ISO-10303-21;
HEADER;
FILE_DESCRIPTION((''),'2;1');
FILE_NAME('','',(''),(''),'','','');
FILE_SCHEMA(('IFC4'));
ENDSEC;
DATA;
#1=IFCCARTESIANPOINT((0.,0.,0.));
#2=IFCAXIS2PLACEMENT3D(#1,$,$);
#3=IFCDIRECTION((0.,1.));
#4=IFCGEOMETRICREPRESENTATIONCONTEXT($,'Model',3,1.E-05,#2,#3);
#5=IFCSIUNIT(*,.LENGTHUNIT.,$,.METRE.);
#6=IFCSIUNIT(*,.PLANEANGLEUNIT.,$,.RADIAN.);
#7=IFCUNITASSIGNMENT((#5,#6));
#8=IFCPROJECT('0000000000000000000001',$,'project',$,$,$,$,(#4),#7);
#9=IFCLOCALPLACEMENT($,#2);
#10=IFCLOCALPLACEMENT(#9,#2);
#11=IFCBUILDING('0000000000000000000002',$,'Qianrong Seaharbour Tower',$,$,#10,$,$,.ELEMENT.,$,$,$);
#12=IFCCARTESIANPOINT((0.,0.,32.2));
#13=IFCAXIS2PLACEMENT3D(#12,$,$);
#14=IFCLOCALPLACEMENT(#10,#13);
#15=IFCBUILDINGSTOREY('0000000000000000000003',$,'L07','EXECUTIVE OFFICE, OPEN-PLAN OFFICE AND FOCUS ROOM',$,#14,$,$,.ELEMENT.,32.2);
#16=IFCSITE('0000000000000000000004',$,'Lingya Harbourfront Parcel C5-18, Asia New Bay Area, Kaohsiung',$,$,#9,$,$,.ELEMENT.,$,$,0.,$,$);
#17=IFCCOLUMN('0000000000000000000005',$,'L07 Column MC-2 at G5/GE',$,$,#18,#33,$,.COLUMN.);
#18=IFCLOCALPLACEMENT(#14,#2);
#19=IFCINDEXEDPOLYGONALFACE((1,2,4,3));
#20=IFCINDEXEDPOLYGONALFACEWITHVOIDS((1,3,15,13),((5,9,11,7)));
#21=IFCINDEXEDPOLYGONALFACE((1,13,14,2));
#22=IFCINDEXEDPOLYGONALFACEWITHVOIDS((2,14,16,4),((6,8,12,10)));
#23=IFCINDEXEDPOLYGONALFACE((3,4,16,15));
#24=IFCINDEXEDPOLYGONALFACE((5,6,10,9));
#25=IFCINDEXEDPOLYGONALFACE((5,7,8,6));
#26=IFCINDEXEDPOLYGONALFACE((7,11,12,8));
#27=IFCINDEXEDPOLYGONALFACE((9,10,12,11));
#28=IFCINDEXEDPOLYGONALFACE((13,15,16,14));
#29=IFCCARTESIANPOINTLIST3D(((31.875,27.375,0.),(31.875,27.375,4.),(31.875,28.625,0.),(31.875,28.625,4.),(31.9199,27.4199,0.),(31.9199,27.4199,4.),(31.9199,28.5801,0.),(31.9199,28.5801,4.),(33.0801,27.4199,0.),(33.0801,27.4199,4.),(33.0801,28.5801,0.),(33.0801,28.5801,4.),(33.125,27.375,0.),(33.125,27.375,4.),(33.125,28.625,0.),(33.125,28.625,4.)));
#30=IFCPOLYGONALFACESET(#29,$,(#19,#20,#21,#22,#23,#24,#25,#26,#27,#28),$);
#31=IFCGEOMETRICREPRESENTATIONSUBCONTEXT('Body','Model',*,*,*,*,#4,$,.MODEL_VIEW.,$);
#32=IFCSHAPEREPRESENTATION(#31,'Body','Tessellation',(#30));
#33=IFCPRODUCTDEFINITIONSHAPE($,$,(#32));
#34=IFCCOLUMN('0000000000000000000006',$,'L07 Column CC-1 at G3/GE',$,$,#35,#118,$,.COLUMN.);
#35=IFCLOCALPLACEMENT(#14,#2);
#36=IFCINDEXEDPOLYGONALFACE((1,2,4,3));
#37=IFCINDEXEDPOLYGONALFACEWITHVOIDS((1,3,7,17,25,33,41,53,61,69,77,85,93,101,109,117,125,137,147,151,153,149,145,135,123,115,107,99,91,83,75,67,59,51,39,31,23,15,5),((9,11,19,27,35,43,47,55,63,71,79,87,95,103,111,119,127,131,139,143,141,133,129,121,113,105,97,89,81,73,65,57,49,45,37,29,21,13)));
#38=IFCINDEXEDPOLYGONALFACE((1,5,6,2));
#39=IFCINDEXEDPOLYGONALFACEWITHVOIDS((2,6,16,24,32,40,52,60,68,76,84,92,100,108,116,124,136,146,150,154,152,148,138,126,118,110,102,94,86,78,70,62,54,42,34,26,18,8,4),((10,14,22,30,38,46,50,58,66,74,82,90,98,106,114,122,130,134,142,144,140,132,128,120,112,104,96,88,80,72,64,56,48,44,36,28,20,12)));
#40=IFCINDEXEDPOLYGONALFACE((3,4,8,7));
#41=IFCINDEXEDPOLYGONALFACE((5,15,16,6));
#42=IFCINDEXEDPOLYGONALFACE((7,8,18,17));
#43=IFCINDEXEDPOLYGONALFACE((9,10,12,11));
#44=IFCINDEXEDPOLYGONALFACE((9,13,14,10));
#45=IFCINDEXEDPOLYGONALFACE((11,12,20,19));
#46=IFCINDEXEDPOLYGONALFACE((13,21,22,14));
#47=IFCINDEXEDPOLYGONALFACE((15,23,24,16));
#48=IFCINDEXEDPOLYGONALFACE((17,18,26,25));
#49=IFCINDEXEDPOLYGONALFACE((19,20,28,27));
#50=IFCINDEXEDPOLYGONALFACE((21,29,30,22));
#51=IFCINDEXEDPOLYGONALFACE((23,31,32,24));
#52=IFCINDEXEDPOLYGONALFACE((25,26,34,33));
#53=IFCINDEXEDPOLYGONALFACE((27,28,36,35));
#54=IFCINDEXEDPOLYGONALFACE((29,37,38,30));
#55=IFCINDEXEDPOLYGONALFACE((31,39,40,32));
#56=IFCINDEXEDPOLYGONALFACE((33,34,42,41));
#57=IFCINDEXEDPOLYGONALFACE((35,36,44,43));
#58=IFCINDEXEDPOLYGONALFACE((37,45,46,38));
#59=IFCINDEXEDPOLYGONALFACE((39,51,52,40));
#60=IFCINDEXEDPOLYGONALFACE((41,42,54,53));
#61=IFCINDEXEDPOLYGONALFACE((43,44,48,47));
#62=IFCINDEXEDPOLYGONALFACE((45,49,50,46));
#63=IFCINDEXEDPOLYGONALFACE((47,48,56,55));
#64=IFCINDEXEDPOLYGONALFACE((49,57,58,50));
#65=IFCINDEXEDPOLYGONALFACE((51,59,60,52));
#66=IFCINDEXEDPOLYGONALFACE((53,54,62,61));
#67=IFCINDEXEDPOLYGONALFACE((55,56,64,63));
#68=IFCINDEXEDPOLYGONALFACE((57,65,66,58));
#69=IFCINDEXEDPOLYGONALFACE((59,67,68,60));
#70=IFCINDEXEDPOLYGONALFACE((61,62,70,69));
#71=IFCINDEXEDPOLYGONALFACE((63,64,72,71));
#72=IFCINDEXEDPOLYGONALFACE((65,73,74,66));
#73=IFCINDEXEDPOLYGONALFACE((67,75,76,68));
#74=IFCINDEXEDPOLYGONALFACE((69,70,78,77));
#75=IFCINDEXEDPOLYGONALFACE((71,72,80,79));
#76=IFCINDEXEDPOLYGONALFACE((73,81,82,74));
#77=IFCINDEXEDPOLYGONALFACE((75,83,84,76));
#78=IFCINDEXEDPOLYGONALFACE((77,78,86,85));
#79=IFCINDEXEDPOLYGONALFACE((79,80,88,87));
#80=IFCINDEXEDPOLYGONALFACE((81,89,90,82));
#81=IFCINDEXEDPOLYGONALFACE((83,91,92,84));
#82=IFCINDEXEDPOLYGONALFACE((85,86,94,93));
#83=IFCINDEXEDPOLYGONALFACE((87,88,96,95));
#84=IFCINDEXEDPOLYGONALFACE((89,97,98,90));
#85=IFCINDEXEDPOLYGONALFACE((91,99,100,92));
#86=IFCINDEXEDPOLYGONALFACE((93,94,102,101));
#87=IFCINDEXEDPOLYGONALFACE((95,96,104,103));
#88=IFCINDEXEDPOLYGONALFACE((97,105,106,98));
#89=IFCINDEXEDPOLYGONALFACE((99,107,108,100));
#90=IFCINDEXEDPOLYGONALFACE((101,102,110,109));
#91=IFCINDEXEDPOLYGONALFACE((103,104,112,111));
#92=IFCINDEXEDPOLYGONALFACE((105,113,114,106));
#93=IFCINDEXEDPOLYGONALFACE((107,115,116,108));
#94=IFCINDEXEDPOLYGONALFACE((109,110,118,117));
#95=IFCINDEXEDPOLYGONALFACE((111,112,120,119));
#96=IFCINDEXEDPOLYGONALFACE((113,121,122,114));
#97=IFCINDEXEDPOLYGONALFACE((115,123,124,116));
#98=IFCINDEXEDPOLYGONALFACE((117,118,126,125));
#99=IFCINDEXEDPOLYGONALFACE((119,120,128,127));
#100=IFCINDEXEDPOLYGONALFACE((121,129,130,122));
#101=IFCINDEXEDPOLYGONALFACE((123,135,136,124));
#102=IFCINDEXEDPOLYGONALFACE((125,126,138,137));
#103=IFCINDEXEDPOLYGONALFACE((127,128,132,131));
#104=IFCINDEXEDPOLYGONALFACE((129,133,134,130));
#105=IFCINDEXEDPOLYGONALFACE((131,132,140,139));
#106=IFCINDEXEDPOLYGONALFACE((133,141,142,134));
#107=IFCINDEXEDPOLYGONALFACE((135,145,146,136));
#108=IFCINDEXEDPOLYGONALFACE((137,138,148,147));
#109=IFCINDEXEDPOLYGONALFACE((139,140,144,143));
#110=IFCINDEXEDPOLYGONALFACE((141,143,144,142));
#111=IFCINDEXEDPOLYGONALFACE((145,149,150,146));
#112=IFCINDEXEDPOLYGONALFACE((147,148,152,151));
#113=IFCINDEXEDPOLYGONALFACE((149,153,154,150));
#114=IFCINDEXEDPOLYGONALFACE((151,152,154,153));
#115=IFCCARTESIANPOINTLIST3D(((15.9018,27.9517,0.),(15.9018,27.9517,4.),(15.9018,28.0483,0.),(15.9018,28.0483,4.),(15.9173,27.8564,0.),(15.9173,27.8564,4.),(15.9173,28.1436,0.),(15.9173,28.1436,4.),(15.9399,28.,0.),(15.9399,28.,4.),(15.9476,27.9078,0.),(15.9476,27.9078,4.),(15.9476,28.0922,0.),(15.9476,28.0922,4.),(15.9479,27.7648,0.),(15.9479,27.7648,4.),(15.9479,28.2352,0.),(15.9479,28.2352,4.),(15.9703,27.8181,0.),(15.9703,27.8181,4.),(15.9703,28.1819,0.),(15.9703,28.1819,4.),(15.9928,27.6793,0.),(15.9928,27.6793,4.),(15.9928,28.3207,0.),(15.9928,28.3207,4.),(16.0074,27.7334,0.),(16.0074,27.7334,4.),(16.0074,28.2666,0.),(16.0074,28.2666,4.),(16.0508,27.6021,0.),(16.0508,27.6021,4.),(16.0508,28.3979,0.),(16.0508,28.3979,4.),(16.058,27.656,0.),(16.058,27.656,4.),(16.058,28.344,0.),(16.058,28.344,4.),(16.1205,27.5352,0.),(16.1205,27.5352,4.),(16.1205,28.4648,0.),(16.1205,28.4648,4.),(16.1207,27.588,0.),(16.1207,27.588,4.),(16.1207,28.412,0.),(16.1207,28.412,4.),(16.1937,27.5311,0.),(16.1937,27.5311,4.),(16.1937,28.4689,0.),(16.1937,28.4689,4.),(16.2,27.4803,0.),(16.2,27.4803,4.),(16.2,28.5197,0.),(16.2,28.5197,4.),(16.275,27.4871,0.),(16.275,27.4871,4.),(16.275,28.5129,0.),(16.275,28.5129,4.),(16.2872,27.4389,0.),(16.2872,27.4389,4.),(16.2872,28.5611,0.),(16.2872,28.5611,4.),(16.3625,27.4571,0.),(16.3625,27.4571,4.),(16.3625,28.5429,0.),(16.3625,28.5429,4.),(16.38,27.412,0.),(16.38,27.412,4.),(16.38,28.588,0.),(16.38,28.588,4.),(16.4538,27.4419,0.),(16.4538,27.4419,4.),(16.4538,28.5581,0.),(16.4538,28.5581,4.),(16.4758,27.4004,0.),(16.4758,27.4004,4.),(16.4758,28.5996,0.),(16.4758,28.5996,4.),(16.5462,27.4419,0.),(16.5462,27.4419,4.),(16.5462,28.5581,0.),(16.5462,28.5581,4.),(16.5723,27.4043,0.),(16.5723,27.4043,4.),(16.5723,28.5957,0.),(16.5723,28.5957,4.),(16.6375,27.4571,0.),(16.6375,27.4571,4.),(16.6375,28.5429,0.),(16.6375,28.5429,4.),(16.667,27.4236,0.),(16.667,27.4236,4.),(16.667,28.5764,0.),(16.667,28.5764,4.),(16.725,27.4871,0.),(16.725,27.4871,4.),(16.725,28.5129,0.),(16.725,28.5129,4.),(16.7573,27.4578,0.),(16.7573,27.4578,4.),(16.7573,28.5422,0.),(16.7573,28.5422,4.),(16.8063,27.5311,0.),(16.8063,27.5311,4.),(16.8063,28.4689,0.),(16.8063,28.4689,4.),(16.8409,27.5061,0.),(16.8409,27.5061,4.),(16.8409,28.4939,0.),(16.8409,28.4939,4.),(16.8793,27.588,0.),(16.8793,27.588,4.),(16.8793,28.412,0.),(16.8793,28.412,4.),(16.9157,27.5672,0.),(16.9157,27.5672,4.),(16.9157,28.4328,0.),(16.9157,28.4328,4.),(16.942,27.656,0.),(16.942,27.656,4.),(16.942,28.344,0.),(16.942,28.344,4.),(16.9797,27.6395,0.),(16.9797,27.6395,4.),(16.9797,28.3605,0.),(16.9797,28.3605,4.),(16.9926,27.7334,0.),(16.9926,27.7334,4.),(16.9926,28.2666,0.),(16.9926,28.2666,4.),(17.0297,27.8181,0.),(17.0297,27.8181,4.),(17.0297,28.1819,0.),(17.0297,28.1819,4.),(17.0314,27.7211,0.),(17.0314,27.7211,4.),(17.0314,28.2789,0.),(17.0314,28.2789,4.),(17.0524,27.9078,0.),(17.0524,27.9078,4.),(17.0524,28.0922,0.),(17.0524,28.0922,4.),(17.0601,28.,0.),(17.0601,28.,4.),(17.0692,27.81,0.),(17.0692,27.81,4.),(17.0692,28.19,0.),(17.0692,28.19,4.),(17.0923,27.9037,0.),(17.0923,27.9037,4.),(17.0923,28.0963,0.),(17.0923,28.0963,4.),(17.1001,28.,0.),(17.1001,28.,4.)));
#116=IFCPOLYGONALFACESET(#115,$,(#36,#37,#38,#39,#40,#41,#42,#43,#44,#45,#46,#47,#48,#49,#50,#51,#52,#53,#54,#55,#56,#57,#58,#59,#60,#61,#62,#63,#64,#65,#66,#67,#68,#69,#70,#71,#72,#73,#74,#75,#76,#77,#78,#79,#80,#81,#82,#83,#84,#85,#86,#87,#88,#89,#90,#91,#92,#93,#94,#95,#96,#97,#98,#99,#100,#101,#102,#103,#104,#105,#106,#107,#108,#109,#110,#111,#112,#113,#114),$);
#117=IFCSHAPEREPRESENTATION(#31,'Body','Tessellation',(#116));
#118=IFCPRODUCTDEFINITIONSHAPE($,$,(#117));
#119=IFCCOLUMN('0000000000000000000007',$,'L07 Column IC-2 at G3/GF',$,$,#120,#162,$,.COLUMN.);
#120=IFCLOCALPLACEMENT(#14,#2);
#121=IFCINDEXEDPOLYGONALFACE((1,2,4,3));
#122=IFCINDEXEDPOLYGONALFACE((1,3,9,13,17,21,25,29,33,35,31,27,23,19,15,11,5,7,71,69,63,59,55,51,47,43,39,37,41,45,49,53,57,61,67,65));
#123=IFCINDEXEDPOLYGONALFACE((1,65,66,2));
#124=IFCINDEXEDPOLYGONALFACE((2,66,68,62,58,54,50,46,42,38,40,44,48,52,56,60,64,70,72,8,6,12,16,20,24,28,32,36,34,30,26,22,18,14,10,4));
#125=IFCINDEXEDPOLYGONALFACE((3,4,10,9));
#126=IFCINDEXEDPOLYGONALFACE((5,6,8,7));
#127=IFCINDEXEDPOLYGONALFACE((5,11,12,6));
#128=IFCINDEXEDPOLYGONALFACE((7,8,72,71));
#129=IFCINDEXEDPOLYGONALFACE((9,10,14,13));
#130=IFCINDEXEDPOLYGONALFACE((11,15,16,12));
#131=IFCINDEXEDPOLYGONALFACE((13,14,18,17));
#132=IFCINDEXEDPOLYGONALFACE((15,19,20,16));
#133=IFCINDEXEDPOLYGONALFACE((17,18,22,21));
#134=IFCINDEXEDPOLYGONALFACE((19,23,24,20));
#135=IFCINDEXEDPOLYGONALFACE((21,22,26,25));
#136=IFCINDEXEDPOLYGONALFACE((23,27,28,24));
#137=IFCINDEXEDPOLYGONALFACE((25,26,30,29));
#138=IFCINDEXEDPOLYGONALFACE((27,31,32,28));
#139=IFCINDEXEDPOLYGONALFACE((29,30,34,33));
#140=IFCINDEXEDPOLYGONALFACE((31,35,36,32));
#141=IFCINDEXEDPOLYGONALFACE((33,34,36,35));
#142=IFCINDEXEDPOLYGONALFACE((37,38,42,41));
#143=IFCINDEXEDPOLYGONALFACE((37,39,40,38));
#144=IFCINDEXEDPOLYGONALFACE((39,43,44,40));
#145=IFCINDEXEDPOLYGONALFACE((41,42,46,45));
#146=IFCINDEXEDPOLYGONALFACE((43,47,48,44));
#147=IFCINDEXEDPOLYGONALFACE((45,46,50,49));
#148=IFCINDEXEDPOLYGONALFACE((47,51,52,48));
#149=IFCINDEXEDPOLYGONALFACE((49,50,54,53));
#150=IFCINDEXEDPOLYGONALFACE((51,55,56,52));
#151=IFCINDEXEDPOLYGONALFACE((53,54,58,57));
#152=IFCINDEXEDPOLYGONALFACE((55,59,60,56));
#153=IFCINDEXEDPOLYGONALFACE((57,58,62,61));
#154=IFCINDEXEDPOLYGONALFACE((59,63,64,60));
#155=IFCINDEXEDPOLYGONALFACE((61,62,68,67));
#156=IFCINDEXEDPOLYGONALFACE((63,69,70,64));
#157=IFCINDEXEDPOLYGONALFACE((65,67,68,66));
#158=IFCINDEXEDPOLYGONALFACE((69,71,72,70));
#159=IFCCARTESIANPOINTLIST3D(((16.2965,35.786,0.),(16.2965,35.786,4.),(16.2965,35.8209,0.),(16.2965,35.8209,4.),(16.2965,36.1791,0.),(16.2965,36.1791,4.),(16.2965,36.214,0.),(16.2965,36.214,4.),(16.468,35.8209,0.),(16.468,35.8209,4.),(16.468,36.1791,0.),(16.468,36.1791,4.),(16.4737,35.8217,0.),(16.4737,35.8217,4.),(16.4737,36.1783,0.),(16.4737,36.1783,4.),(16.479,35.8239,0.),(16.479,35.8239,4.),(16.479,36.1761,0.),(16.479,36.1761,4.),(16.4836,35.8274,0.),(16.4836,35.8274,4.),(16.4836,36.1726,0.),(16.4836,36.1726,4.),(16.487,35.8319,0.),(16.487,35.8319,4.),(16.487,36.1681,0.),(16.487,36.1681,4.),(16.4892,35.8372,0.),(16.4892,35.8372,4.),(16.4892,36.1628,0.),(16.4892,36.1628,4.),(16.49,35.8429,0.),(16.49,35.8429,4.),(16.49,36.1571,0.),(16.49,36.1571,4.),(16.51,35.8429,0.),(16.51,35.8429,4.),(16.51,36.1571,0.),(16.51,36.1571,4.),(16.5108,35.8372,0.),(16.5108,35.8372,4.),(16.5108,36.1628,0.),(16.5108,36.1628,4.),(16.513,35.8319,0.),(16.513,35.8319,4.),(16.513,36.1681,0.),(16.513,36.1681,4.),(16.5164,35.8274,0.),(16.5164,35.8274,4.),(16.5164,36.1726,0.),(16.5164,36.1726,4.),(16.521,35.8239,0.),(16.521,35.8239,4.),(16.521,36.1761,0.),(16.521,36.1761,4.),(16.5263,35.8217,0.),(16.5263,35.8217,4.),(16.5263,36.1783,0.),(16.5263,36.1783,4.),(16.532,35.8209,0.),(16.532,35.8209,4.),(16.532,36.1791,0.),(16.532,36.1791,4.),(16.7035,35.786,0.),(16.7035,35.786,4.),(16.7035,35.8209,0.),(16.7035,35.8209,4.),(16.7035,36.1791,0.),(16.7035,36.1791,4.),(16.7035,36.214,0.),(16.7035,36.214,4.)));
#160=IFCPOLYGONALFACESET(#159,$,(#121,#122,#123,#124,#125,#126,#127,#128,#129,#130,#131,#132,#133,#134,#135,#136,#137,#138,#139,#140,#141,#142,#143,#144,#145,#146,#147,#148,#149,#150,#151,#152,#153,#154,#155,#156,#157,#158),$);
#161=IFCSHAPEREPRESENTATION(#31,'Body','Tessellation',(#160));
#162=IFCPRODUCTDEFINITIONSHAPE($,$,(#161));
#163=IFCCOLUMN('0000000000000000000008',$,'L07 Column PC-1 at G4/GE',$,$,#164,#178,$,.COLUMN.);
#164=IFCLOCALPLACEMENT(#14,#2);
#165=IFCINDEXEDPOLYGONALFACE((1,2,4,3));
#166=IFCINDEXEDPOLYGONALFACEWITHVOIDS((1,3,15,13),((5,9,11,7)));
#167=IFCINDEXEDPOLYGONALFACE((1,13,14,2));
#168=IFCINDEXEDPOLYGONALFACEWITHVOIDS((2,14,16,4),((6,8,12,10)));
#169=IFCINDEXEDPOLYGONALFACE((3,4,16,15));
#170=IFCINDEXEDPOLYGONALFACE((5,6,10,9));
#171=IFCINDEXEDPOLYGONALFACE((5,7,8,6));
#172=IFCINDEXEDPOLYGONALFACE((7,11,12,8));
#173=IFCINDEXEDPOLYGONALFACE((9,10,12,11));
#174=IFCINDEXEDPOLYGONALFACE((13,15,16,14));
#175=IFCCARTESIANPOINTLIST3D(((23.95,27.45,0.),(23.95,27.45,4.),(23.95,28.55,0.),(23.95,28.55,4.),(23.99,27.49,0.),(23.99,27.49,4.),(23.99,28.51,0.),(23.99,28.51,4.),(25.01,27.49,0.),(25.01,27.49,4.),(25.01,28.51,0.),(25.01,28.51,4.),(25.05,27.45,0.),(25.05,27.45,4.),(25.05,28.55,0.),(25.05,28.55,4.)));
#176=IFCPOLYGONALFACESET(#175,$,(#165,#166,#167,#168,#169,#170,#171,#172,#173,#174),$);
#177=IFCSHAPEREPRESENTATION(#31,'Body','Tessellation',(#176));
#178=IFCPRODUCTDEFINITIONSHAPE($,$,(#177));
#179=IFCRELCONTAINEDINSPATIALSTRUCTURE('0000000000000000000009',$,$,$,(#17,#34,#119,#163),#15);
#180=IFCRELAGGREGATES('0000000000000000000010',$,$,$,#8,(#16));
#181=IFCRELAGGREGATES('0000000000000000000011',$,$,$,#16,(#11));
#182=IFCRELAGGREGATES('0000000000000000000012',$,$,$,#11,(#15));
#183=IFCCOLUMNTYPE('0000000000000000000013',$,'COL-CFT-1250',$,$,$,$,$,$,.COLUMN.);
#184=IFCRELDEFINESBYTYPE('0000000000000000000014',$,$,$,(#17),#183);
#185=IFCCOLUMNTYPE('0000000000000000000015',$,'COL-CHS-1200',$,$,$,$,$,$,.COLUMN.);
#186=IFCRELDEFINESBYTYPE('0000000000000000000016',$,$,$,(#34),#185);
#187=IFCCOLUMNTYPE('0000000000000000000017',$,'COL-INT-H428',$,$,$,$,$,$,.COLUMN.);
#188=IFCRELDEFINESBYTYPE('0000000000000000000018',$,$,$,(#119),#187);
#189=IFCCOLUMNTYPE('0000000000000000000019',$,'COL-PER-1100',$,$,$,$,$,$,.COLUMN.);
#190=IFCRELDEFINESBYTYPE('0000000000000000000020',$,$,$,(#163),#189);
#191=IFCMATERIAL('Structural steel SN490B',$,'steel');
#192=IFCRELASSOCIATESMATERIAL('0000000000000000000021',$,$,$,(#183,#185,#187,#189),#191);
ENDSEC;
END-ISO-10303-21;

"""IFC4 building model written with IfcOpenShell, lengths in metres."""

from ifc_helpers import new_model, si_unit, direction, frame, origin, origin_2d, place, context, subcontext, project, spatial, hollow_rectangle, hollow_circle, i_section, extrude, material, material_profile, profile_set, type_object, element, save


model = new_model("IFC4")

# Units and contexts
model_context = context("Model", 3, precision=1e-05, world=origin(), true_north=direction((0.0, 1.0)))
body_context = subcontext(model_context, "Body", "Model", "MODEL_VIEW")
ifc_project = project(units=[si_unit("LENGTHUNIT", "METRE"), si_unit("PLANEANGLEUNIT", "RADIAN")], contexts=[model_context])

# Site, building, storey
site_placement = place(None, origin())
site = spatial("IfcSite", under=ifc_project, at=site_placement, Name="Lingya Harbourfront Parcel C5-18, Asia New Bay Area, Kaohsiung", CompositionType="ELEMENT", RefElevation=0.0)
building_placement = place(site_placement, origin())
building = spatial("IfcBuilding", under=site, at=building_placement, Name="Qianrong Seaharbour Tower", CompositionType="ELEMENT")
storey_placement = place(building_placement, frame((0.0, 0.0, 32.2)))
storey = spatial("IfcBuildingStorey", under=building, at=storey_placement, Name="L07", Description="EXECUTIVE OFFICE, OPEN-PLAN OFFICE AND FOCUS ROOM", CompositionType="ELEMENT", Elevation=32.2)

# Columns
ifc_material_1 = material(Name="Structural steel SN490B", Category="steel")
ifc_material_profile_1 = material_profile(ifc_material_1, hollow_rectangle(XDim=1.25, YDim=1.25, WallThickness=0.0449, at=origin_2d()), Name="BOX1250x1250x45")
ifc_profile_set_1 = profile_set([ifc_material_profile_1], Name="Structural steel SN490B")
column_type_1 = type_object("IfcColumnType", Name="COL-CFT-1250", PredefinedType="COLUMN", material=ifc_profile_set_1)
column_1_placement = place(storey_placement, frame((32.5, 28.0, 0.0), z_axis=(0.0, 0.0, 1.0), x_axis=(1.0, 0.0, 0.0)))
element("IfcColumn", 1, at=column_1_placement, inside=storey, type_object=column_type_1, Name="L07 Column MC-2 at G5/GE", PredefinedType="COLUMN", context=body_context, shape_type="SweptSolid", body=[
    extrude(hollow_rectangle(XDim=1.25, YDim=1.25, WallThickness=0.0449, at=origin_2d()), origin(), (0.0, 0.0, 1.0), 4.0),
])
ifc_material_profile_2 = material_profile(ifc_material_1, hollow_circle(Radius=0.6001, WallThickness=0.04, at=origin_2d()), Name="CHS1200x40")
ifc_profile_set_2 = profile_set([ifc_material_profile_2], Name="Structural steel SN490B")
column_type_2 = type_object("IfcColumnType", Name="COL-CHS-1200", PredefinedType="COLUMN", material=ifc_profile_set_2)
column_2_placement = place(storey_placement, frame((16.5, 28.0, 0.0), z_axis=(0.0, 0.0, 1.0), x_axis=(1.0, 0.0, 0.0)))
element("IfcColumn", 2, at=column_2_placement, inside=storey, type_object=column_type_2, Name="L07 Column CC-1 at G3/GE", PredefinedType="COLUMN", context=body_context, shape_type="SweptSolid", body=[
    extrude(hollow_circle(Radius=0.6001, WallThickness=0.04, at=origin_2d()), origin(), (0.0, 0.0, 1.0), 4.0),
])
ifc_material_profile_3 = material_profile(ifc_material_1, i_section(OverallWidth=0.407, OverallDepth=0.428, WebThickness=0.02, FlangeThickness=0.0349, FilletRadius=0.022, at=origin_2d()), Name="H428x407x20x35")
ifc_profile_set_3 = profile_set([ifc_material_profile_3], Name="Structural steel SN490B")
column_type_3 = type_object("IfcColumnType", Name="COL-INT-H428", PredefinedType="COLUMN", material=ifc_profile_set_3)
column_3_placement = place(storey_placement, frame((16.5, 36.0, 0.0), z_axis=(0.0, 0.0, 1.0), x_axis=(1.0, 0.0, 0.0)))
element("IfcColumn", 3, at=column_3_placement, inside=storey, type_object=column_type_3, Name="L07 Column IC-2 at G3/GF", PredefinedType="COLUMN", context=body_context, shape_type="SweptSolid", body=[
    extrude(i_section(OverallWidth=0.407, OverallDepth=0.428, WebThickness=0.02, FlangeThickness=0.0349, FilletRadius=0.022, at=origin_2d()), origin(), (0.0, 0.0, 1.0), 4.0),
])
ifc_material_profile_4 = material_profile(ifc_material_1, hollow_rectangle(XDim=1.1001, YDim=1.1001, WallThickness=0.04, at=origin_2d()), Name="BOX1100x1100x40")
ifc_profile_set_4 = profile_set([ifc_material_profile_4], Name="Structural steel SN490B")
column_type_4 = type_object("IfcColumnType", Name="COL-PER-1100", PredefinedType="COLUMN", material=ifc_profile_set_4)
column_4_placement = place(storey_placement, frame((24.5, 28.0, 0.0), z_axis=(0.0, 0.0, 1.0), x_axis=(1.0, 0.0, 0.0)))
element("IfcColumn", 4, at=column_4_placement, inside=storey, type_object=column_type_4, Name="L07 Column PC-1 at G4/GE", PredefinedType="COLUMN", context=body_context, shape_type="SweptSolid", body=[
    extrude(hollow_rectangle(XDim=1.1001, YDim=1.1001, WallThickness=0.04, at=origin_2d()), origin(), (0.0, 0.0, 1.0), 4.0),
])

save(model, "model.ifc")
